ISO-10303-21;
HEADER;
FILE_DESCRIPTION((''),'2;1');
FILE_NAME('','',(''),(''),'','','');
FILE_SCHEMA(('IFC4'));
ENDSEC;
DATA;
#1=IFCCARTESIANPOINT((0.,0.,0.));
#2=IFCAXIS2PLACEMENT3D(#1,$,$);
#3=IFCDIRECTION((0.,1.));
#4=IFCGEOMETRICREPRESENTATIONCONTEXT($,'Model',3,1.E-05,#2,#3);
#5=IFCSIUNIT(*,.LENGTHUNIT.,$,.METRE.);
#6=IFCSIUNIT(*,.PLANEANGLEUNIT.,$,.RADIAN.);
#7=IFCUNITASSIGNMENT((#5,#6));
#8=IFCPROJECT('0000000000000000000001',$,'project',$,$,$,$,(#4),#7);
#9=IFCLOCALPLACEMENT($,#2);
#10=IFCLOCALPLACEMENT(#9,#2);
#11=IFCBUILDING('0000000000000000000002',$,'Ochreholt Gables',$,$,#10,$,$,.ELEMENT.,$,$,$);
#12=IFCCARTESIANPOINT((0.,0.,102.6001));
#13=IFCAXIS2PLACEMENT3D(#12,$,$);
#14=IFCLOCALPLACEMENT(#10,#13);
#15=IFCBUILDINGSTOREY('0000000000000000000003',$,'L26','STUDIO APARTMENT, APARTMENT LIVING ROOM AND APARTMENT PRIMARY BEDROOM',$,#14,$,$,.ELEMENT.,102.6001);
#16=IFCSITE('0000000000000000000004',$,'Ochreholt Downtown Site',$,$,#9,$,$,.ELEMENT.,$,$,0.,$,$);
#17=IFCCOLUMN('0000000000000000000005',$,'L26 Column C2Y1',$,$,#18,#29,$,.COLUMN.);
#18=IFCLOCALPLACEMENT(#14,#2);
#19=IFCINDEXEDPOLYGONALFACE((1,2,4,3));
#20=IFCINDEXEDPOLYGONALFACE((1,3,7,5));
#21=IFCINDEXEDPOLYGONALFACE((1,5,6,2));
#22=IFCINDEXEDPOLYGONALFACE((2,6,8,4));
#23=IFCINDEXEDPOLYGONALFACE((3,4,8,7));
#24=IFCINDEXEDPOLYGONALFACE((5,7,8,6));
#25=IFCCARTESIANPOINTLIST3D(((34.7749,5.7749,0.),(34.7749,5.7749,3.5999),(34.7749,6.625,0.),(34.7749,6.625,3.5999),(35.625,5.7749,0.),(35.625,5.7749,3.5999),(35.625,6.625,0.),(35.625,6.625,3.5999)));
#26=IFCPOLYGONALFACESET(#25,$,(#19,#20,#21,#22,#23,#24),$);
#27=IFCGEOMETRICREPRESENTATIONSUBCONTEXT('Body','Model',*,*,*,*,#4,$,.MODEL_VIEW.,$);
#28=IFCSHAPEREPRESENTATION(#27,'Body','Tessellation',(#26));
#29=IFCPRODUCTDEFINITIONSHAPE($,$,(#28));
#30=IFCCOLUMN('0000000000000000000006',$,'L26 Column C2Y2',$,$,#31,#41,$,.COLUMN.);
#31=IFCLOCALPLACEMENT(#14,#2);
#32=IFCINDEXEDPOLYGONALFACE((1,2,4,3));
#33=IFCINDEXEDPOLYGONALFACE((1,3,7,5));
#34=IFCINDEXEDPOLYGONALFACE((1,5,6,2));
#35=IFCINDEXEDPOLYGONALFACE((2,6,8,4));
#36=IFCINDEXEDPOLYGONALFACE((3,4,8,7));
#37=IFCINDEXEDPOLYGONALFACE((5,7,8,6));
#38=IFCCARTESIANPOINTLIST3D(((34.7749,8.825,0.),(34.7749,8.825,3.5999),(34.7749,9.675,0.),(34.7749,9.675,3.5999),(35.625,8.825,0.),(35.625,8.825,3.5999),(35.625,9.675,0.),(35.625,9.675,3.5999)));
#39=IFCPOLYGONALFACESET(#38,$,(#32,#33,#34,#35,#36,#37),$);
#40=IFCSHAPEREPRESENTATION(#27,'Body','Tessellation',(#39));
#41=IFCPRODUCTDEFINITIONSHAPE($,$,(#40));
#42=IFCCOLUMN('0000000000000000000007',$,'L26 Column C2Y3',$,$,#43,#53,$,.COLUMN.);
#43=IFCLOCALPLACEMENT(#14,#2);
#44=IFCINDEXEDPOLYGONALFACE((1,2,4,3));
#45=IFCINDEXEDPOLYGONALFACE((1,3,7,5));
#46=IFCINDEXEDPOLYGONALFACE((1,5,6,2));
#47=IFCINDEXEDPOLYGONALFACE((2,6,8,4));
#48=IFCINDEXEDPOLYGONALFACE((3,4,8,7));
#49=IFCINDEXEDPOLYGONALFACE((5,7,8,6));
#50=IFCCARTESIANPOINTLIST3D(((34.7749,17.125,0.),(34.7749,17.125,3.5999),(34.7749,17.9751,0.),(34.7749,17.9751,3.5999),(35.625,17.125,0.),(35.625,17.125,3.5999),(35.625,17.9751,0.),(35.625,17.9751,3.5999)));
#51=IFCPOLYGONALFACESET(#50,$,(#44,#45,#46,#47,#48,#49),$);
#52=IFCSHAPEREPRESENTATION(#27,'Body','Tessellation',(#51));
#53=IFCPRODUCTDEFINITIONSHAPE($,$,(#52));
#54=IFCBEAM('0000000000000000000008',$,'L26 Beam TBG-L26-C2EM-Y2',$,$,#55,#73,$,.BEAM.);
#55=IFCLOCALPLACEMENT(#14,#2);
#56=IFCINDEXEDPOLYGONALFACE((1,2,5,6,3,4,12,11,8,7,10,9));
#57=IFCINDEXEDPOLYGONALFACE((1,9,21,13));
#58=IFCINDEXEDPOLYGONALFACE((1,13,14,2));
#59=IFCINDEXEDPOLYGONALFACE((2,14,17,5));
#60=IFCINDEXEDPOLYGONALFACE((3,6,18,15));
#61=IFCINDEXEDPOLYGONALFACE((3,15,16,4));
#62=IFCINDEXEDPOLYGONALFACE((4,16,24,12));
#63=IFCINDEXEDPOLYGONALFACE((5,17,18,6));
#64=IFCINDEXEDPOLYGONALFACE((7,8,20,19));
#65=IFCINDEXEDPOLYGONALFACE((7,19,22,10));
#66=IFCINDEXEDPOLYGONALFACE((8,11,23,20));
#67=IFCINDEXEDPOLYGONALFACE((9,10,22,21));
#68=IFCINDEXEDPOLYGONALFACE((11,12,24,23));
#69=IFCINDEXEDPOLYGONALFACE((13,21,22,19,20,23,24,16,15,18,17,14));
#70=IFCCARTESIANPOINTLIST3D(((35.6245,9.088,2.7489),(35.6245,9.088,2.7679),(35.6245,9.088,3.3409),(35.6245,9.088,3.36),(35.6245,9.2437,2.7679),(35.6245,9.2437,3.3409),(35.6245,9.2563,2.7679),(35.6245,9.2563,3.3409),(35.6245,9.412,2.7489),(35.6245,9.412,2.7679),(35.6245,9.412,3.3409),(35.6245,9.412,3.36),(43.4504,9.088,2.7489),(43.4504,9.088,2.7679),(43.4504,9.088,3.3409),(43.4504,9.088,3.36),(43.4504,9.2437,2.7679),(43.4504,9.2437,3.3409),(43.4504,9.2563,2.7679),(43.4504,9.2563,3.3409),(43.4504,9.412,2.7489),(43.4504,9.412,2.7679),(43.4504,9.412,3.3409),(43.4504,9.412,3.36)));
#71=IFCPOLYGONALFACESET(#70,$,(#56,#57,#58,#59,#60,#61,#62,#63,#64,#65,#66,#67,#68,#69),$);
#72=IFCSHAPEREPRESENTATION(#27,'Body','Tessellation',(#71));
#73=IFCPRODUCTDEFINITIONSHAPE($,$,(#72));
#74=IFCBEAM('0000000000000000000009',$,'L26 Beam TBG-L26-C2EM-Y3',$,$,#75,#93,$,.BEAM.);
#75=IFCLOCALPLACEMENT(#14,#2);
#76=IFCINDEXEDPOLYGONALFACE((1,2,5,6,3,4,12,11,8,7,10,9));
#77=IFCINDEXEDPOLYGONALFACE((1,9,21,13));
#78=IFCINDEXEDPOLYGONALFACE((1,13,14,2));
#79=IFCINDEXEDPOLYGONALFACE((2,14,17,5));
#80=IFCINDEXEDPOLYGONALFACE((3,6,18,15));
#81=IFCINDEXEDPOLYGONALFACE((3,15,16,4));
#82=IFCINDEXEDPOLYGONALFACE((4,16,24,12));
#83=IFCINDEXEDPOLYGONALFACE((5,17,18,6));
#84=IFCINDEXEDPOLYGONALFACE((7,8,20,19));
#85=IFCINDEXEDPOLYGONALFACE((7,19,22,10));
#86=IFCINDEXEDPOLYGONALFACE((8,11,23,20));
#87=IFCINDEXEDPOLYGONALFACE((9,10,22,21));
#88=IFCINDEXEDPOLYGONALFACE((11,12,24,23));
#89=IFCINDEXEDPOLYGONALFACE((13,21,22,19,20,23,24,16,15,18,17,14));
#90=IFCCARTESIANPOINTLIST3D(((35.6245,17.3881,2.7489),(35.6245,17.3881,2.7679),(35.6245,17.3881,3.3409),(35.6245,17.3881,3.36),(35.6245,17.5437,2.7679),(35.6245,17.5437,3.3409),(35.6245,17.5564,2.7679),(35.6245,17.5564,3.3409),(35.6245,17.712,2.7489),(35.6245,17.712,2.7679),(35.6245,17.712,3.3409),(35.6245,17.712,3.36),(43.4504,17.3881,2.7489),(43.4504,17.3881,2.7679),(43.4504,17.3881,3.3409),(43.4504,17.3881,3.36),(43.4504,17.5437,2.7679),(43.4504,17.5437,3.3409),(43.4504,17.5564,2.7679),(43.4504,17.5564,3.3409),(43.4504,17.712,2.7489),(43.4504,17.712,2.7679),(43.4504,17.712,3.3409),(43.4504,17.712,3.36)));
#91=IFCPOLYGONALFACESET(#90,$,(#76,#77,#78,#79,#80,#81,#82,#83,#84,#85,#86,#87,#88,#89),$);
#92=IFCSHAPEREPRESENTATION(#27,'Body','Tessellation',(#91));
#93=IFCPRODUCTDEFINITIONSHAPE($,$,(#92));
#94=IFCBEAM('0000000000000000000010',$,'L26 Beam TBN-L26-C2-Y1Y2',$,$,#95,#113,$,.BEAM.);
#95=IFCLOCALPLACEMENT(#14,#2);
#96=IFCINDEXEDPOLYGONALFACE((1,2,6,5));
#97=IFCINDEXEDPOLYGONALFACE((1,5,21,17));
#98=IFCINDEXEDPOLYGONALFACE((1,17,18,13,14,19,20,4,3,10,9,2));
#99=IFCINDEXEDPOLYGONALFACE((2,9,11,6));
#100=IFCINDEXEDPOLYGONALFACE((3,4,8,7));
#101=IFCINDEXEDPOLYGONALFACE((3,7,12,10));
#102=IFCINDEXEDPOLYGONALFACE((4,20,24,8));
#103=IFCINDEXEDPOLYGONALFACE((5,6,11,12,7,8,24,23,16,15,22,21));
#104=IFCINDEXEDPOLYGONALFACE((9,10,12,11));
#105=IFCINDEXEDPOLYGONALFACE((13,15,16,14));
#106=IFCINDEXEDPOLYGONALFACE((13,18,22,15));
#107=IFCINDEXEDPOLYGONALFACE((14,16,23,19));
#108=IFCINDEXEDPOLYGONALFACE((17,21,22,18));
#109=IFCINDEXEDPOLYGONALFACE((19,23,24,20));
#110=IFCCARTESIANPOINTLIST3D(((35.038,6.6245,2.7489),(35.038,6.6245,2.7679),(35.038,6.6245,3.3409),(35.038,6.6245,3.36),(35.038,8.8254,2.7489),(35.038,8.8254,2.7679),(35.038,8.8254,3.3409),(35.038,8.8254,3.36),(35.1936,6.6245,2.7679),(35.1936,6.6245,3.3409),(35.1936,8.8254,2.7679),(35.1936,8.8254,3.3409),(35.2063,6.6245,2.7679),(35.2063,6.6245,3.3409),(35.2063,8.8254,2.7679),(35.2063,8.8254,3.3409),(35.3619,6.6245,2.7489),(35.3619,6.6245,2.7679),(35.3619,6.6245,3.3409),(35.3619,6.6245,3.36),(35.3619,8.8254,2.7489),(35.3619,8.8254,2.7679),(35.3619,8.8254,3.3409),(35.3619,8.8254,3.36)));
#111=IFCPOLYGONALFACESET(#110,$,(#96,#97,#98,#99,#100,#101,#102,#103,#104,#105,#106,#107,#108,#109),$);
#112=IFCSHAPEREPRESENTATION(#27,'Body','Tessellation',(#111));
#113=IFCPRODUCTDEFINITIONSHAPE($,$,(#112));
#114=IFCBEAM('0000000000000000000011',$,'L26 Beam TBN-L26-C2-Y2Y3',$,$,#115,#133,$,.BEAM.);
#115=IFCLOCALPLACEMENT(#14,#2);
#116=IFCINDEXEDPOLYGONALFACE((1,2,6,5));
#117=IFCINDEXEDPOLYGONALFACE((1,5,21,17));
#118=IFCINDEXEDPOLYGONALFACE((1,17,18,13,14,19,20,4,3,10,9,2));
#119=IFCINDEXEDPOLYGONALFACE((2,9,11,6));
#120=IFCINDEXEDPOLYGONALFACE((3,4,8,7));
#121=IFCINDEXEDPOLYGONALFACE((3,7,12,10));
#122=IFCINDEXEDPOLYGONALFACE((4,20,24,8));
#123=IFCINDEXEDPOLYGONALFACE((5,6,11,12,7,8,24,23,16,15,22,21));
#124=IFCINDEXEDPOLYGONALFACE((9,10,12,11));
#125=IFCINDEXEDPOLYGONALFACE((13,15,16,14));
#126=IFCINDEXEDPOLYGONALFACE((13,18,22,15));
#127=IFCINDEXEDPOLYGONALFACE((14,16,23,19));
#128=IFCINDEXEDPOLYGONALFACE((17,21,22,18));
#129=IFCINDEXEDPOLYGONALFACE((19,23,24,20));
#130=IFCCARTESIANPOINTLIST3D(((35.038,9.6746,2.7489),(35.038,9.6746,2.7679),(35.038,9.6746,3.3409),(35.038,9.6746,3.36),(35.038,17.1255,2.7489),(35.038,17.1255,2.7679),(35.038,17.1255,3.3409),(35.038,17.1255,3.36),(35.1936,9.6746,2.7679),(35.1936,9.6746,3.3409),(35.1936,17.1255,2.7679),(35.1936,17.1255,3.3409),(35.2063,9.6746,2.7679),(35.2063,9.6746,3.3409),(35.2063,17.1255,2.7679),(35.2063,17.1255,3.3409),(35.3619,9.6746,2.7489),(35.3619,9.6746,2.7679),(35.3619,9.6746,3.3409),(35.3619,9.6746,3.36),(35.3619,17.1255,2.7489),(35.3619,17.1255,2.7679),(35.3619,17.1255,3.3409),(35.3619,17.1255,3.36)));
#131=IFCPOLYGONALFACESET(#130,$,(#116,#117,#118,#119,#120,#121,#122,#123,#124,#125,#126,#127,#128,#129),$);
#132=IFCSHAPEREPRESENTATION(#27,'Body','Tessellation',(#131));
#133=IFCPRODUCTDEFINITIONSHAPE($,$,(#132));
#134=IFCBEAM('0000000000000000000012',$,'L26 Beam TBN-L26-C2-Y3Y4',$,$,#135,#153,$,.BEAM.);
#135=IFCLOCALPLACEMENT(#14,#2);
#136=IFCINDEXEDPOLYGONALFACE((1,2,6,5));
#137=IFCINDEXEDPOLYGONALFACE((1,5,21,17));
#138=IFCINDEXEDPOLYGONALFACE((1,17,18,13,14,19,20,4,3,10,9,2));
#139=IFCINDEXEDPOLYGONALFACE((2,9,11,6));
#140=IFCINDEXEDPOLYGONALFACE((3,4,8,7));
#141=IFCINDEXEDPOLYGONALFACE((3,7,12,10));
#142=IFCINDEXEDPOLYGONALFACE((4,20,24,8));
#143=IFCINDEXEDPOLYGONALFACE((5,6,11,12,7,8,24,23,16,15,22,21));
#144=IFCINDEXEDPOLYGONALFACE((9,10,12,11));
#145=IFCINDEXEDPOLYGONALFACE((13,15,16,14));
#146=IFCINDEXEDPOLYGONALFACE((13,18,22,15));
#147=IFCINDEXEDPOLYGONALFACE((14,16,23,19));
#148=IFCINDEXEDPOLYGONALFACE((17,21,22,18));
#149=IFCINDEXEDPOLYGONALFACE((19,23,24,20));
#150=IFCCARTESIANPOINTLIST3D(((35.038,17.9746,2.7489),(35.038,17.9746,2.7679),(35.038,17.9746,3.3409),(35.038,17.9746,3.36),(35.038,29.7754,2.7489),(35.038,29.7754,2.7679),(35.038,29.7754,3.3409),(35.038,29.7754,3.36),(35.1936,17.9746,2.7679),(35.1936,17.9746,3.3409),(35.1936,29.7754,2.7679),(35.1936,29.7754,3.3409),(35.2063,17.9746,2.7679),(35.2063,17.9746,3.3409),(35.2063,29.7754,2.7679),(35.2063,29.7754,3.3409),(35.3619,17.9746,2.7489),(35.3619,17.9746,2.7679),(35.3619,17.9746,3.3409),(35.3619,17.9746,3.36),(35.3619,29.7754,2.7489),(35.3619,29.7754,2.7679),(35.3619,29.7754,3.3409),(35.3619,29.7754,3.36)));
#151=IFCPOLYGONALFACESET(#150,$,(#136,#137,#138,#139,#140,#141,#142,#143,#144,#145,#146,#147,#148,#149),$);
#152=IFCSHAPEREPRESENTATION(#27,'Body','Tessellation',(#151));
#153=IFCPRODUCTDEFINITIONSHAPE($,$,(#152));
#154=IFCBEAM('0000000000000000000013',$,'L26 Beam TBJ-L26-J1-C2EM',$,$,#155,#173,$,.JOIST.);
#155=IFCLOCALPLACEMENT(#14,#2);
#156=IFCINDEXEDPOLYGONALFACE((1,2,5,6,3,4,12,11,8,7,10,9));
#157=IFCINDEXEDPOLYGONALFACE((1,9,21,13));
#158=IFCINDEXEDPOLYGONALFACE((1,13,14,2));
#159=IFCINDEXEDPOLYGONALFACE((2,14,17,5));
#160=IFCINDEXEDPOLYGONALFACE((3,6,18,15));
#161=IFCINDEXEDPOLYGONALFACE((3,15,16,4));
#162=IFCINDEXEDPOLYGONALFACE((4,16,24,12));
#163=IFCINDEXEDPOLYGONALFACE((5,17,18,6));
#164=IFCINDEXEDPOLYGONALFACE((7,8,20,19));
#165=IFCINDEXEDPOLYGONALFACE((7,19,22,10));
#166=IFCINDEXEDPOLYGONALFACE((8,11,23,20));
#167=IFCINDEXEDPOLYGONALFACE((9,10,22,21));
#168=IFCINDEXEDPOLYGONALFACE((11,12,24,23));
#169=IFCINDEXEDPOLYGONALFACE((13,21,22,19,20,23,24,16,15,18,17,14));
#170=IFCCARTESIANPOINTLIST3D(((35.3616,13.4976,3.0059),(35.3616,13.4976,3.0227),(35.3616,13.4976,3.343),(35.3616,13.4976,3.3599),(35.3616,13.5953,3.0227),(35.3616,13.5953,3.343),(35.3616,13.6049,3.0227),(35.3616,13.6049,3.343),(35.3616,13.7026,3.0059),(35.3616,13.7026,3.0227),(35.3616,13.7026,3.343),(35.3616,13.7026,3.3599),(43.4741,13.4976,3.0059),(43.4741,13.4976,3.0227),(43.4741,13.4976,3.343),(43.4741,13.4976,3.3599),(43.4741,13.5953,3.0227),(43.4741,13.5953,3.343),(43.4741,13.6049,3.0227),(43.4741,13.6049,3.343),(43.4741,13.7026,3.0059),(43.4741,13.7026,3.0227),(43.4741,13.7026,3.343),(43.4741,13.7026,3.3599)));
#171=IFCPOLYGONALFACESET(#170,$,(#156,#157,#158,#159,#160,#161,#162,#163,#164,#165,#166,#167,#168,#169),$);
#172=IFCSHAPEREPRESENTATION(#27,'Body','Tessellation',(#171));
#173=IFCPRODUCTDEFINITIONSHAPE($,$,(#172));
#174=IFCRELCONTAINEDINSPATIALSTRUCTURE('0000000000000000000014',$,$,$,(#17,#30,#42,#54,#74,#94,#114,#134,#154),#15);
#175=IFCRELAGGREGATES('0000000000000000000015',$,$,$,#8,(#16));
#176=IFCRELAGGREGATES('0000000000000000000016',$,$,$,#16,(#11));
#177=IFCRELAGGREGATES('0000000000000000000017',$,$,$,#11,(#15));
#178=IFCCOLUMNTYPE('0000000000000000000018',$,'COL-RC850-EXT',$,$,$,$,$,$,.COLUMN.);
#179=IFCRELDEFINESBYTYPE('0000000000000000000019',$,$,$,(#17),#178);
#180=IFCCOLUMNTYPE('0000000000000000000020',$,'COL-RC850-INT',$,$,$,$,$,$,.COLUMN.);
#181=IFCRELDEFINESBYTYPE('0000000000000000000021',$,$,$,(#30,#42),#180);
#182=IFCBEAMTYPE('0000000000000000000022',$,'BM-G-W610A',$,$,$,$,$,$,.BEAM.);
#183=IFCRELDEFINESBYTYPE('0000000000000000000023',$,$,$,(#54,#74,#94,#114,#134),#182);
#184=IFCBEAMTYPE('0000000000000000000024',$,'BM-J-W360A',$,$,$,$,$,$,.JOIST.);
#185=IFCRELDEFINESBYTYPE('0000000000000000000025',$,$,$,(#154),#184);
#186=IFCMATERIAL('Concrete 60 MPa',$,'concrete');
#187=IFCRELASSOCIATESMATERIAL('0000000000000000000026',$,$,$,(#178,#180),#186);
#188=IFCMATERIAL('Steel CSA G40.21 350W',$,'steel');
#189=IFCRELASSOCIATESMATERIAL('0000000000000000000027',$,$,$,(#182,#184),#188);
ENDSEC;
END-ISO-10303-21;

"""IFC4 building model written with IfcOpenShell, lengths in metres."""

from ifc_helpers import new_model, si_unit, direction, frame, origin, origin_2d, place, context, subcontext, project, spatial, rectangle, i_section, extrude, material, material_profile, profile_set, type_object, element, save


model = new_model("IFC4")

# Units and contexts
model_context = context("Model", 3, precision=1e-05, world=origin(), true_north=direction((0.0, 1.0)))
body_context = subcontext(model_context, "Body", "Model", "MODEL_VIEW")
ifc_project = project(units=[si_unit("LENGTHUNIT", "METRE"), si_unit("PLANEANGLEUNIT", "RADIAN")], contexts=[model_context])

# Site, building, storey
site_placement = place(None, origin())
site = spatial("IfcSite", under=ifc_project, at=site_placement, Name="Ochreholt Downtown Site", CompositionType="ELEMENT", RefElevation=0.0)
building_placement = place(site_placement, origin())
building = spatial("IfcBuilding", under=site, at=building_placement, Name="Ochreholt Gables", CompositionType="ELEMENT")
storey_placement = place(building_placement, frame((0.0, 0.0, 102.6001)))
storey = spatial("IfcBuildingStorey", under=building, at=storey_placement, Name="L26", Description="STUDIO APARTMENT, APARTMENT LIVING ROOM AND APARTMENT PRIMARY BEDROOM", CompositionType="ELEMENT", Elevation=102.6001)

# Columns
ifc_material_1 = material(Name="Concrete 60 MPa", Category="concrete")
ifc_material_profile_1 = material_profile(ifc_material_1, rectangle(XDim=0.8501, YDim=0.8501, at=origin_2d()), Name="RC850X850")
ifc_profile_set_1 = profile_set([ifc_material_profile_1], Name="Concrete 60 MPa")
column_type_1 = type_object("IfcColumnType", Name="COL-RC850-EXT", PredefinedType="COLUMN", material=ifc_profile_set_1)
column_placement = place(storey_placement, frame((35.2, 6.2, 0.0), z_axis=(0.0, 0.0, 1.0), x_axis=(1.0, 0.0, 0.0)))
element("IfcColumn", 1, at=column_placement, inside=storey, type_object=column_type_1, Name="L26 Column C2Y1", PredefinedType="COLUMN", context=body_context, shape_type="SweptSolid", body=[
    extrude(rectangle(XDim=0.8501, YDim=0.8501, at=origin_2d()), origin(), (0.0, 0.0, 1.0), 3.5999),
])
ifc_material_profile_2 = material_profile(ifc_material_1, rectangle(XDim=0.8501, YDim=0.8501, at=origin_2d()), Name="RC850X850")
ifc_profile_set_2 = profile_set([ifc_material_profile_2], Name="Concrete 60 MPa")
column_type_2 = type_object("IfcColumnType", Name="COL-RC850-INT", PredefinedType="COLUMN", material=ifc_profile_set_2)
for number, where, z_axis, x_axis, name in (
    (2, (35.2, 9.25, 0.0), (0.0, 0.0, 1.0), (1.0, 0.0, 0.0), "L26 Column C2Y2"),
    (3, (35.2, 17.55, 0.0), (0.0, 0.0, 1.0), (1.0, 0.0, 0.0), "L26 Column C2Y3"),
):
    element("IfcColumn", number, at=place(storey_placement, frame(where, z_axis=z_axis, x_axis=x_axis)), inside=storey, type_object=column_type_2, Name=name, PredefinedType="COLUMN", context=body_context, shape_type="SweptSolid", body=[
        extrude(rectangle(XDim=0.8501, YDim=0.8501, at=origin_2d()), origin(), (0.0, 0.0, 1.0), 3.5999),
    ])

# Beams
ifc_material_2 = material(Name="Steel CSA G40.21 350W", Category="steel")
ifc_material_profile_3 = material_profile(ifc_material_2, i_section(OverallWidth=0.324, OverallDepth=0.6111, WebThickness=0.0127, FlangeThickness=0.019, at=origin_2d()), Name="W610X155")
ifc_profile_set_3 = profile_set([ifc_material_profile_3], Name="Steel CSA G40.21 350W")
beam_type_1 = type_object("IfcBeamType", Name="BM-G-W610A", PredefinedType="BEAM", material=ifc_profile_set_3)
for number, where, z_axis, x_axis, name in (
    (4, (35.6245, 9.25, 3.0544), (1.0, 0.0, 0.0), (0.0, 1.0, 0.0), "L26 Beam TBG-L26-C2EM-Y2"),
    (5, (35.6245, 17.55, 3.0544), (1.0, 0.0, 0.0), (0.0, 1.0, 0.0), "L26 Beam TBG-L26-C2EM-Y3"),
):
    element("IfcBeam", number, at=place(storey_placement, frame(where, z_axis=z_axis, x_axis=x_axis)), inside=storey, type_object=beam_type_1, Name=name, PredefinedType="BEAM", context=body_context, shape_type="SweptSolid", body=[
        extrude(i_section(OverallWidth=0.324, OverallDepth=0.6111, WebThickness=0.0127, FlangeThickness=0.019, at=origin_2d()), origin(), (0.0, 0.0, 1.0), 7.8259),
    ])
beam_1_placement = place(storey_placement, frame((35.2, 6.6245, 3.0544), z_axis=(0.0, 1.0, 0.0), x_axis=(-1.0, 0.0, 0.0)))
element("IfcBeam", 6, at=beam_1_placement, inside=storey, type_object=beam_type_1, Name="L26 Beam TBN-L26-C2-Y1Y2", PredefinedType="BEAM", context=body_context, shape_type="SweptSolid", body=[
    extrude(i_section(OverallWidth=0.324, OverallDepth=0.6111, WebThickness=0.0127, FlangeThickness=0.019, at=origin_2d()), origin(), (0.0, 0.0, 1.0), 2.2009),
])
beam_2_placement = place(storey_placement, frame((35.2, 9.6746, 3.0544), z_axis=(0.0, 1.0, 0.0), x_axis=(-1.0, 0.0, 0.0)))
element("IfcBeam", 7, at=beam_2_placement, inside=storey, type_object=beam_type_1, Name="L26 Beam TBN-L26-C2-Y2Y3", PredefinedType="BEAM", context=body_context, shape_type="SweptSolid", body=[
    extrude(i_section(OverallWidth=0.324, OverallDepth=0.6111, WebThickness=0.0127, FlangeThickness=0.019, at=origin_2d()), origin(), (0.0, 0.0, 1.0), 7.4509),
])
beam_3_placement = place(storey_placement, frame((35.2, 17.9746, 3.0544), z_axis=(0.0, 1.0, 0.0), x_axis=(-1.0, 0.0, 0.0)))
element("IfcBeam", 8, at=beam_3_placement, inside=storey, type_object=beam_type_1, Name="L26 Beam TBN-L26-C2-Y3Y4", PredefinedType="BEAM", context=body_context, shape_type="SweptSolid", body=[
    extrude(i_section(OverallWidth=0.324, OverallDepth=0.6111, WebThickness=0.0127, FlangeThickness=0.019, at=origin_2d()), origin(), (0.0, 0.0, 1.0), 11.8008),
])
ifc_material_profile_4 = material_profile(ifc_material_2, i_section(OverallWidth=0.2051, OverallDepth=0.354, WebThickness=0.0095, FlangeThickness=0.0168, at=origin_2d()), Name="W360X79")
ifc_profile_set_4 = profile_set([ifc_material_profile_4], Name="Steel CSA G40.21 350W")
beam_type_2 = type_object("IfcBeamType", Name="BM-J-W360A", PredefinedType="JOIST", material=ifc_profile_set_4)
beam_4_placement = place(storey_placement, frame((35.3616, 13.6001, 3.1829), z_axis=(1.0, 0.0, 0.0), x_axis=(0.0, 1.0, 0.0)))
element("IfcBeam", 9, at=beam_4_placement, inside=storey, type_object=beam_type_2, Name="L26 Beam TBJ-L26-J1-C2EM", PredefinedType="JOIST", context=body_context, shape_type="SweptSolid", body=[
    extrude(i_section(OverallWidth=0.2051, OverallDepth=0.354, WebThickness=0.0095, FlangeThickness=0.0168, at=origin_2d()), origin(), (0.0, 0.0, 1.0), 8.1125),
])

save(model, "model.ifc")
